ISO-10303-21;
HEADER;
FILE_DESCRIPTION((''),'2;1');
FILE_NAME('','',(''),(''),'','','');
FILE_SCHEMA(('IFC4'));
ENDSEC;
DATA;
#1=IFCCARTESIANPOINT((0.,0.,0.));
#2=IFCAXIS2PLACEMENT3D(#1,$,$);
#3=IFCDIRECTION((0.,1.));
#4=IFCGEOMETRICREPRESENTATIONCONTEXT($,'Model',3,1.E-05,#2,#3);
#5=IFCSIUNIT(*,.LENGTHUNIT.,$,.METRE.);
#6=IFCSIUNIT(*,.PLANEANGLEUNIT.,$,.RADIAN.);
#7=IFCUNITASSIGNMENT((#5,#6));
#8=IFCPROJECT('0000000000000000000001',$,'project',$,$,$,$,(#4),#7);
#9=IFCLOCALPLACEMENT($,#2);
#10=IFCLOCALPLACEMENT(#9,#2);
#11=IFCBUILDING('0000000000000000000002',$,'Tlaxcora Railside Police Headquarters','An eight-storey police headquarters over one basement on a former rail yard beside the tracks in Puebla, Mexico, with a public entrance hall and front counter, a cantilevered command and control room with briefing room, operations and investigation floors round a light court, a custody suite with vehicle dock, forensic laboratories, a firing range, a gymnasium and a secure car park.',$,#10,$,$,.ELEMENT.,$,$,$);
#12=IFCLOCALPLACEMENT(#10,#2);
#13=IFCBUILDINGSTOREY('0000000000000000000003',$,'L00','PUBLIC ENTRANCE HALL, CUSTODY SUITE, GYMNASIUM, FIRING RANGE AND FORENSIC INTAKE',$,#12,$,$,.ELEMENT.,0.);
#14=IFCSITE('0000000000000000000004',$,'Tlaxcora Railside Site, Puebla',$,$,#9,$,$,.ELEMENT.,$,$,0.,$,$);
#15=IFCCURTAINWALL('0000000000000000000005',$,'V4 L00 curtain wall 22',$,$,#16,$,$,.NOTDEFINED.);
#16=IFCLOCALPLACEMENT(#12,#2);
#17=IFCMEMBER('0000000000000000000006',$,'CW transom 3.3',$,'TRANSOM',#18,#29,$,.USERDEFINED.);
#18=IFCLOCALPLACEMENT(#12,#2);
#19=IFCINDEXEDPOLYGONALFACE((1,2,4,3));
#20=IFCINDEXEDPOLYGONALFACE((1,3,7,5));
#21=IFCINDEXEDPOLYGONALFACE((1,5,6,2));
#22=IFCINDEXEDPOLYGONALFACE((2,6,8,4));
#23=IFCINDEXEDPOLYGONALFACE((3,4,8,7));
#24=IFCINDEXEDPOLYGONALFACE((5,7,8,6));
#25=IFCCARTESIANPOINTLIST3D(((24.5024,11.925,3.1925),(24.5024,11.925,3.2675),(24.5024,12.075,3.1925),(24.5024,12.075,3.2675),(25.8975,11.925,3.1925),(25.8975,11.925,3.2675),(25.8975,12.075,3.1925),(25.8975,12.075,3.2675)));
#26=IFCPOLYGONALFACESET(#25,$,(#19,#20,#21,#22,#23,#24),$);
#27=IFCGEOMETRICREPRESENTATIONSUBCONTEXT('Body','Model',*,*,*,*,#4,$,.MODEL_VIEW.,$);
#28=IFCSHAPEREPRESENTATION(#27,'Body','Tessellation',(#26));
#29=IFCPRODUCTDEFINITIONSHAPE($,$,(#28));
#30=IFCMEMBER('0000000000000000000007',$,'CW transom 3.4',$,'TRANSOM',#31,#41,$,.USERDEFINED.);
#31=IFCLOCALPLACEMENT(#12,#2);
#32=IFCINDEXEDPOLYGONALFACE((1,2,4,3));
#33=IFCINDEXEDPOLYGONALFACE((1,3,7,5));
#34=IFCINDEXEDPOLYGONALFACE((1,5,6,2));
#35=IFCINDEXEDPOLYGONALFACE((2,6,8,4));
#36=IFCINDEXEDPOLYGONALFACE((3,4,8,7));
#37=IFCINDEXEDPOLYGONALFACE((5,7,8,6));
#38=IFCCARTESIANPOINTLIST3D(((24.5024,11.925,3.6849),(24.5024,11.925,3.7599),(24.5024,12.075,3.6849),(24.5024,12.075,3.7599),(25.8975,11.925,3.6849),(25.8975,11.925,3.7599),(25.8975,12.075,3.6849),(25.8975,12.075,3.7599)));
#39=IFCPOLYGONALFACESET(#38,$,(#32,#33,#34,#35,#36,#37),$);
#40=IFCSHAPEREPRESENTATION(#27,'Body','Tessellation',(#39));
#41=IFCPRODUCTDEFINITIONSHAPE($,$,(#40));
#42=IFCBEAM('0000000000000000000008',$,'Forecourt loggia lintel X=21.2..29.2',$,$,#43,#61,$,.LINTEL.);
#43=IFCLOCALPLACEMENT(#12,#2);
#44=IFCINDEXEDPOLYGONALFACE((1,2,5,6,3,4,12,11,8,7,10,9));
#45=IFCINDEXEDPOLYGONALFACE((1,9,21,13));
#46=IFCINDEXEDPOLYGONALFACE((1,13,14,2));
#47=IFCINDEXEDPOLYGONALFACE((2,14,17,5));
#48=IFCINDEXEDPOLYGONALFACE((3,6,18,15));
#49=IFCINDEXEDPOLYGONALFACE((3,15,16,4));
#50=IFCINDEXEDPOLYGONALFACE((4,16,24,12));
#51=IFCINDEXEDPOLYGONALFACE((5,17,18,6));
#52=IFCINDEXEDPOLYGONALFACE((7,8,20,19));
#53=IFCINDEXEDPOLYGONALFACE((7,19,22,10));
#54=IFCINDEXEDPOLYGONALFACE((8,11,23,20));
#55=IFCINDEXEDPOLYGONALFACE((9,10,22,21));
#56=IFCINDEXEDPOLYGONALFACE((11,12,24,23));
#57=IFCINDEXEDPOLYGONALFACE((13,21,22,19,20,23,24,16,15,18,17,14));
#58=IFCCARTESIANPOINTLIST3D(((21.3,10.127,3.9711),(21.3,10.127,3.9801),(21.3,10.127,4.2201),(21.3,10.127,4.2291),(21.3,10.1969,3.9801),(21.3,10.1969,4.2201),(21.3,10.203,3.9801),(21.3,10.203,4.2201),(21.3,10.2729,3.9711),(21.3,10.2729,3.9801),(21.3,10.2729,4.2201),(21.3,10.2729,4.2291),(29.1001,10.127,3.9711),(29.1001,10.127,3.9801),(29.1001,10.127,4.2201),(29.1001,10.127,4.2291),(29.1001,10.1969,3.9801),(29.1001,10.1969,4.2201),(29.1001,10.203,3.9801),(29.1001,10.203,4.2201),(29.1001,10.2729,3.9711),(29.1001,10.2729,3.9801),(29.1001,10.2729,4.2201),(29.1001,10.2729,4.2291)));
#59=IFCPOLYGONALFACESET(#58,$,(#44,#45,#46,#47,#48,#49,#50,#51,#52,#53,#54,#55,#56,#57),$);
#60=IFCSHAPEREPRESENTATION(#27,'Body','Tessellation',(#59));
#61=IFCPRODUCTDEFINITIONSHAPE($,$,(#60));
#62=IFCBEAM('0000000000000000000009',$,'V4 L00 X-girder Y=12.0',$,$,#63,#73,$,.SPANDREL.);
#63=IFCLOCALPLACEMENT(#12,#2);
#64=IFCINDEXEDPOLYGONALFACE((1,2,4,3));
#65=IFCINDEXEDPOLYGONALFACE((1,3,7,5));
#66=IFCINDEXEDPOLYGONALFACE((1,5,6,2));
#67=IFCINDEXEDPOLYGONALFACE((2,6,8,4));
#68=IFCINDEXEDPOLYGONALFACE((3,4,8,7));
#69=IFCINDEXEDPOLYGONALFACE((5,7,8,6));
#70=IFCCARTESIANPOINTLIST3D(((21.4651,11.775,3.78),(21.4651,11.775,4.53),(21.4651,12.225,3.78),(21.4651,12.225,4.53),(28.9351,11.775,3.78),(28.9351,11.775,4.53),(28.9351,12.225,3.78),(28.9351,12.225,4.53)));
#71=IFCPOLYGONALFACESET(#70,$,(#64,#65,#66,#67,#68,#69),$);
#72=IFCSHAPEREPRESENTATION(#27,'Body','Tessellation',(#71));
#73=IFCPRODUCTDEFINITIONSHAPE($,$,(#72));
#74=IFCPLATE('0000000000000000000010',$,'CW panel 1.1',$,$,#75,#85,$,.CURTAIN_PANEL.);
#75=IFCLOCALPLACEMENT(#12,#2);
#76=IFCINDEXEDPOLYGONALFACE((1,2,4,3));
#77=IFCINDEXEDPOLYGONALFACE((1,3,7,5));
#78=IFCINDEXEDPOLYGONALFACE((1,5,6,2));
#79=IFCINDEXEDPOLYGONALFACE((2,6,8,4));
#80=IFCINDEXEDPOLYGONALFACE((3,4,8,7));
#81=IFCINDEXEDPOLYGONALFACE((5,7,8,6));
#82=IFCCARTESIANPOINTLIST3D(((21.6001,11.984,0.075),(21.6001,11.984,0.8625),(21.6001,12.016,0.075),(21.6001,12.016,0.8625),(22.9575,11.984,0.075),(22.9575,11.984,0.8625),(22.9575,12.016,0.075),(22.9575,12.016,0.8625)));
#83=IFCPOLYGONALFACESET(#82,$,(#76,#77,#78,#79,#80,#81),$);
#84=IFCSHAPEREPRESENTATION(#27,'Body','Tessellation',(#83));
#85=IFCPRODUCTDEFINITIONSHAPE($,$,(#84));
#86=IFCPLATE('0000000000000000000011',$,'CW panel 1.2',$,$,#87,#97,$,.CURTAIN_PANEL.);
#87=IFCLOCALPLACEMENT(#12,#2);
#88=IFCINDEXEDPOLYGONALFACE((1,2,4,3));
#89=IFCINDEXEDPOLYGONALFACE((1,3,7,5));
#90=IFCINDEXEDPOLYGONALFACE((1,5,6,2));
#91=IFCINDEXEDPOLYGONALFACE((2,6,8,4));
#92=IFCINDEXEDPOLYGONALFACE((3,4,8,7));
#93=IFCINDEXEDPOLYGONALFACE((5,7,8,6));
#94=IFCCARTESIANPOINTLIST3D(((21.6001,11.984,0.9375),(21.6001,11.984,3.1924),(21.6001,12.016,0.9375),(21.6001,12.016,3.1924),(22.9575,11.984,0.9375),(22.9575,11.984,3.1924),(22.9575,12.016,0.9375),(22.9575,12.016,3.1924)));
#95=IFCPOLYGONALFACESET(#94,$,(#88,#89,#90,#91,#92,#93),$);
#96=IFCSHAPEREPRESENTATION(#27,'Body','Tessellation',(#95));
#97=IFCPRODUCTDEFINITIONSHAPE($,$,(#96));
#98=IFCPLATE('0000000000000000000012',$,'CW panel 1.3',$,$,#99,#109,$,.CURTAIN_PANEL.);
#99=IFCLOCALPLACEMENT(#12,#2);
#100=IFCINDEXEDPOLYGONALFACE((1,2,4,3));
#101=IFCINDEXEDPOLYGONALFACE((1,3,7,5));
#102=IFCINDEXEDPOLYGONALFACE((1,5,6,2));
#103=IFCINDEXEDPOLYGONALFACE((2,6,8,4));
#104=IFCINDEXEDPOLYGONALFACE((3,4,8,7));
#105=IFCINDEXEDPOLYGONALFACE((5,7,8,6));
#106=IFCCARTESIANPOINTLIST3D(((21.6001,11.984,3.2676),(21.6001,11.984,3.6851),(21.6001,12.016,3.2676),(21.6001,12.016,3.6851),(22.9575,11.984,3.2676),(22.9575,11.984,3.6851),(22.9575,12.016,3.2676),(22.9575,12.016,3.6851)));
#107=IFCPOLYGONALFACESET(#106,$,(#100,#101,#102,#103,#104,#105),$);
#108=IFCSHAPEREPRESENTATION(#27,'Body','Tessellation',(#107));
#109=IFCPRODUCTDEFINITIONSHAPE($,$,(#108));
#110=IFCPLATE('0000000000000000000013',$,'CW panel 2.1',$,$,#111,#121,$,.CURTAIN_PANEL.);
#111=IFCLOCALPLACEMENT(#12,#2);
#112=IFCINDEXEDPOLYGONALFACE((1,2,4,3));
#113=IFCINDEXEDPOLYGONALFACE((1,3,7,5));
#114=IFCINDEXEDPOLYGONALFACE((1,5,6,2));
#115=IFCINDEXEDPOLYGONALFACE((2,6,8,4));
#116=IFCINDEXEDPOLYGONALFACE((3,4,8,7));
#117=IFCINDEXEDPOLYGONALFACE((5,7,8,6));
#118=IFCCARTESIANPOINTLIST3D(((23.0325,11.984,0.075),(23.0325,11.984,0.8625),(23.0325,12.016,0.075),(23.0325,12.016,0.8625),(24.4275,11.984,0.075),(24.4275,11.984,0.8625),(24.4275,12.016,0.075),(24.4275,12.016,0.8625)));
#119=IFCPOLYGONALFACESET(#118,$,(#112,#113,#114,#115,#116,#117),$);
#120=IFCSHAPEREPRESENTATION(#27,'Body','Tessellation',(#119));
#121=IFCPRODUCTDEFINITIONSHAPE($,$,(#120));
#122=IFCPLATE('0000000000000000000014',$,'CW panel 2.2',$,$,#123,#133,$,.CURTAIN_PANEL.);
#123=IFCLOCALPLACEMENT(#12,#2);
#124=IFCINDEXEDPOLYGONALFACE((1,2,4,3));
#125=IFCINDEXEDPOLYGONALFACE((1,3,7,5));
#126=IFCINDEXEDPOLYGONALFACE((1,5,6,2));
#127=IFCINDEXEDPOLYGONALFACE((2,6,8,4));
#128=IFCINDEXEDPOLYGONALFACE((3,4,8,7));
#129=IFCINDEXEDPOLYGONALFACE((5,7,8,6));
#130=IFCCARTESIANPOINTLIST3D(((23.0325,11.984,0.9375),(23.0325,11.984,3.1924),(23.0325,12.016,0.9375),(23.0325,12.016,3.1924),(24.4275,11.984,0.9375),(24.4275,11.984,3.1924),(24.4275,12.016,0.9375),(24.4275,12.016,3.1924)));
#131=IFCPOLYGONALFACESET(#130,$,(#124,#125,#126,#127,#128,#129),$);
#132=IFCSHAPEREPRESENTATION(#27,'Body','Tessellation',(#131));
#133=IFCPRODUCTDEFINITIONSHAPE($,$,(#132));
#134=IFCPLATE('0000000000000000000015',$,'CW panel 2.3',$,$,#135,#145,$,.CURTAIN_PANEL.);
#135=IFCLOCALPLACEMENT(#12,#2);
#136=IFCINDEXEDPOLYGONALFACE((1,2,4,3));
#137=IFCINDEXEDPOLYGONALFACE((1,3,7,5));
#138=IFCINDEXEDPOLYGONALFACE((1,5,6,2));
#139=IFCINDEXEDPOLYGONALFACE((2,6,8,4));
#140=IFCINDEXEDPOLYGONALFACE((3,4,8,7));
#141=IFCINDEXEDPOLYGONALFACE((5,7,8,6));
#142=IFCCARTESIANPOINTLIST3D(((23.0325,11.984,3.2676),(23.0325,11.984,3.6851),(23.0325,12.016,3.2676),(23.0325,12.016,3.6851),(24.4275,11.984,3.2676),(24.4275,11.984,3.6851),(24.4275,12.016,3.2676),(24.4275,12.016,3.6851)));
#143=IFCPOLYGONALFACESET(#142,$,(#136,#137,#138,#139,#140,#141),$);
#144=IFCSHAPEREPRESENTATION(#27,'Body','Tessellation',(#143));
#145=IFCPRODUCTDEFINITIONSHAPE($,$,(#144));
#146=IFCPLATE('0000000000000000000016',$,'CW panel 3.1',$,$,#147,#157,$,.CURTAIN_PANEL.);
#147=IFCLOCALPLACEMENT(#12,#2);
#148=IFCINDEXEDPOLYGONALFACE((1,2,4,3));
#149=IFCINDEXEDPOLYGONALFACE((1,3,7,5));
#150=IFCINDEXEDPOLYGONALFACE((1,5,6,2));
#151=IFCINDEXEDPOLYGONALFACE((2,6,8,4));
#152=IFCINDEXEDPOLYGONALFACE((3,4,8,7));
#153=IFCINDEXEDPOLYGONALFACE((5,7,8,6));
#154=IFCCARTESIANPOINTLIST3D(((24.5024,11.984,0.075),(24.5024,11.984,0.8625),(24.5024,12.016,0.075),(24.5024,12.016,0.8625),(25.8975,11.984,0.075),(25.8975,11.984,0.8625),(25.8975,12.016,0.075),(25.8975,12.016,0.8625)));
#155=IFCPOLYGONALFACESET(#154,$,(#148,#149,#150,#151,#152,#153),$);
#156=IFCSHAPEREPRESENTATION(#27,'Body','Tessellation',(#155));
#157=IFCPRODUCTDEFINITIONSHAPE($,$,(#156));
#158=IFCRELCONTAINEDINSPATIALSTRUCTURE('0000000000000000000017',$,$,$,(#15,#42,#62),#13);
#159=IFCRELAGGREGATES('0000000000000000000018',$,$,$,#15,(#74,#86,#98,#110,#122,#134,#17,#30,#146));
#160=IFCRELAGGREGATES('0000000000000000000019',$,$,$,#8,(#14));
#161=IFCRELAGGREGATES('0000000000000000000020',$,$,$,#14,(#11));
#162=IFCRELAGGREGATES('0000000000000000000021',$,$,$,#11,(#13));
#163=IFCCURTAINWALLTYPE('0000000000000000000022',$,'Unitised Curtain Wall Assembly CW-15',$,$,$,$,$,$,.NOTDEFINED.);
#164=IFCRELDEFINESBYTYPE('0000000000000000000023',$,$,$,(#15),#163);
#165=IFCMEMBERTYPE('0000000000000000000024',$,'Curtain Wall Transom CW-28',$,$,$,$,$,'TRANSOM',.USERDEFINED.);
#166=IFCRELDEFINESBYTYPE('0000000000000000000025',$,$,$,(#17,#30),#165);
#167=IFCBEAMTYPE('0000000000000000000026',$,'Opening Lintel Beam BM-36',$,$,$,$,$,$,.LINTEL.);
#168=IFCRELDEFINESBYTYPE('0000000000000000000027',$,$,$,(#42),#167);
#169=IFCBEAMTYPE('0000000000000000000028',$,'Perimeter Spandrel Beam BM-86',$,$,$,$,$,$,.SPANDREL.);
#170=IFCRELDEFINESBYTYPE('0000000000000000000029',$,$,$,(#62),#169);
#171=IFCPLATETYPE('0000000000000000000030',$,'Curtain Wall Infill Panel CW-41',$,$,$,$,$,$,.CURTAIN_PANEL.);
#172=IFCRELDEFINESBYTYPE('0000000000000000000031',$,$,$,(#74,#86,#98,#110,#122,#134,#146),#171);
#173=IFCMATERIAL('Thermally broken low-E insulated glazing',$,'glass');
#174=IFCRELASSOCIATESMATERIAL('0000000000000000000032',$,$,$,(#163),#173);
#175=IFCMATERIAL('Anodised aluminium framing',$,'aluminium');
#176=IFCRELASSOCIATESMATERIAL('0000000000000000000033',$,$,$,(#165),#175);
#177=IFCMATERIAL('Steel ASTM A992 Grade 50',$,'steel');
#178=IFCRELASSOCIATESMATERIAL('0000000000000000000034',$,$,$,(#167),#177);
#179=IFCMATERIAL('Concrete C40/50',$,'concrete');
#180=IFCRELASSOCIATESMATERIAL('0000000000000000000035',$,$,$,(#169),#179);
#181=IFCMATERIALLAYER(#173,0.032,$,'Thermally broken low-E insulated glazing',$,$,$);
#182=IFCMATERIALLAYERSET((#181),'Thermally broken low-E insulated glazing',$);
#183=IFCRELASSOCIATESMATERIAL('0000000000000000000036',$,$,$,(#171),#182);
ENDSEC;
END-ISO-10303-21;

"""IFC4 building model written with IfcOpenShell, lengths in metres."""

from ifc_helpers import new_model, si_unit, direction, frame, origin, origin_2d, place, context, subcontext, project, spatial, rectangle, i_section, extrude, material, layer, layer_set, material_profile, profile_set, type_object, element, aggregate, save


model = new_model("IFC4")

# Units and contexts
model_context = context("Model", 3, precision=1e-05, world=origin(), true_north=direction((0.0, 1.0)))
body_context = subcontext(model_context, "Body", "Model", "MODEL_VIEW")
ifc_project = project(units=[si_unit("LENGTHUNIT", "METRE"), si_unit("PLANEANGLEUNIT", "RADIAN")], contexts=[model_context])

# Site, building, storey
site_placement = place(None, origin())
site = spatial("IfcSite", under=ifc_project, at=site_placement, Name="Tlaxcora Railside Site, Puebla", CompositionType="ELEMENT", RefElevation=0.0)
building_placement = place(site_placement, origin())
building = spatial("IfcBuilding", under=site, at=building_placement, Name="Tlaxcora Railside Police Headquarters", Description="An eight-storey police headquarters over one basement on a former rail yard beside the tracks in Puebla, Mexico, with a public entrance hall and front counter, a cantilevered command and control room with briefing room, operations and investigation floors round a light court, a custody suite with vehicle dock, forensic laboratories, a firing range, a gymnasium and a secure car park.", CompositionType="ELEMENT")
storey_placement = place(building_placement, origin())
storey = spatial("IfcBuildingStorey", under=building, at=storey_placement, Name="L00", Description="PUBLIC ENTRANCE HALL, CUSTODY SUITE, GYMNASIUM, FIRING RANGE AND FORENSIC INTAKE", CompositionType="ELEMENT", Elevation=0.0)

# Curtain wall, members
ifc_material_1 = material(Name="Thermally broken low-E insulated glazing", Category="glass")
curtain_wall_type = type_object("IfcCurtainWallType", Name="Unitised Curtain Wall Assembly CW-15", PredefinedType="NOTDEFINED", material=ifc_material_1)
curtain_wall_placement = place(storey_placement, origin())
curtain_wall = element("IfcCurtainWall", 1, at=curtain_wall_placement, inside=storey, type_object=curtain_wall_type, Name="V4 L00 curtain wall 22", PredefinedType="NOTDEFINED")
ifc_material_2 = material(Name="Anodised aluminium framing", Category="aluminium")
ifc_material_profile_1 = material_profile(ifc_material_2, rectangle(XDim=0.1499, YDim=0.075, at=origin_2d()), Name="AL75X150")
ifc_profile_set_1 = profile_set([ifc_material_profile_1], Name="Anodised aluminium framing")
member_type_1 = type_object("IfcMemberType", Name="Curtain Wall Transom CW-28", ElementType="TRANSOM", PredefinedType="USERDEFINED", material=ifc_profile_set_1)
member_1_placement = place(storey_placement, frame((24.5024, 12.0, 3.23), z_axis=(1.0, 0.0, 0.0), x_axis=(0.0, 1.0, 0.0)))
member_1 = element("IfcMember", 2, at=member_1_placement, type_object=member_type_1, Name="CW transom 3.3", ObjectType="TRANSOM", PredefinedType="USERDEFINED", context=body_context, shape_type="SweptSolid", body=[
    extrude(rectangle(XDim=0.1499, YDim=0.075, at=origin_2d()), origin(), (0.0, 0.0, 1.0), 1.395),
])
member_2_placement = place(storey_placement, frame((24.5024, 12.0, 3.7224), z_axis=(1.0, 0.0, 0.0), x_axis=(0.0, 1.0, 0.0)))
member_2 = element("IfcMember", 3, at=member_2_placement, type_object=member_type_1, Name="CW transom 3.4", ObjectType="TRANSOM", PredefinedType="USERDEFINED", context=body_context, shape_type="SweptSolid", body=[
    extrude(rectangle(XDim=0.1499, YDim=0.075, at=origin_2d()), origin(), (0.0, 0.0, 1.0), 1.395),
])

# Beams
ifc_material_3 = material(Name="Steel ASTM A992 Grade 50", Category="steel")
ifc_material_profile_2 = material_profile(ifc_material_3, i_section(OverallWidth=0.146, OverallDepth=0.2581, WebThickness=0.0061, FlangeThickness=0.009, at=origin_2d()), Name="W10X22")
ifc_profile_set_2 = profile_set([ifc_material_profile_2], Name="Steel ASTM A992 Grade 50")
beam_type_1 = type_object("IfcBeamType", Name="Opening Lintel Beam BM-36", PredefinedType="LINTEL", material=ifc_profile_set_2)
beam_1_placement = place(storey_placement, frame((21.3, 10.2, 4.1001), z_axis=(1.0, 0.0, 0.0), x_axis=(0.0, 1.0, 0.0)))
element("IfcBeam", 4, at=beam_1_placement, inside=storey, type_object=beam_type_1, Name="Forecourt loggia lintel X=21.2..29.2", PredefinedType="LINTEL", context=body_context, shape_type="SweptSolid", body=[
    extrude(i_section(OverallWidth=0.146, OverallDepth=0.2581, WebThickness=0.0061, FlangeThickness=0.009, at=origin_2d()), origin(), (0.0, 0.0, 1.0), 7.8),
])
ifc_material_4 = material(Name="Concrete C40/50", Category="concrete")
ifc_material_profile_3 = material_profile(ifc_material_4, rectangle(XDim=0.45, YDim=0.75, at=origin_2d()), Name="RC450X750")
ifc_profile_set_3 = profile_set([ifc_material_profile_3], Name="Concrete C40/50")
beam_type_2 = type_object("IfcBeamType", Name="Perimeter Spandrel Beam BM-86", PredefinedType="SPANDREL", material=ifc_profile_set_3)
beam_2_placement = place(storey_placement, frame((21.4651, 12.0, 4.155), z_axis=(1.0, 0.0, 0.0), x_axis=(0.0, 1.0, 0.0)))
element("IfcBeam", 5, at=beam_2_placement, inside=storey, type_object=beam_type_2, Name="V4 L00 X-girder Y=12.0", PredefinedType="SPANDREL", context=body_context, shape_type="SweptSolid", body=[
    extrude(rectangle(XDim=0.45, YDim=0.75, at=origin_2d()), origin(), (0.0, 0.0, 1.0), 7.47),
])

# Plates
ifc_layer_1 = layer(ifc_material_1, 0.032, Name="Thermally broken low-E insulated glazing")
ifc_layer_set_1 = layer_set([ifc_layer_1], Name="Thermally broken low-E insulated glazing")
plate_type = type_object("IfcPlateType", Name="Curtain Wall Infill Panel CW-41", PredefinedType="CURTAIN_PANEL", material=ifc_layer_set_1)
plate_1_placement = place(storey_placement, frame((22.2788, 12.0, 0.075), z_axis=(0.0, 0.0, 1.0), x_axis=(1.0, 0.0, 0.0)))
plate_1 = element("IfcPlate", 6, at=plate_1_placement, type_object=plate_type, Name="CW panel 1.1", PredefinedType="CURTAIN_PANEL", context=body_context, shape_type="SweptSolid", body=[
    extrude(rectangle(XDim=1.3574, YDim=0.032, at=origin_2d()), origin(), (0.0, 0.0, 1.0), 0.7876),
])
plate_2_placement = place(storey_placement, frame((22.2788, 12.0, 0.9375), z_axis=(0.0, 0.0, 1.0), x_axis=(1.0, 0.0, 0.0)))
plate_2 = element("IfcPlate", 7, at=plate_2_placement, type_object=plate_type, Name="CW panel 1.2", PredefinedType="CURTAIN_PANEL", context=body_context, shape_type="SweptSolid", body=[
    extrude(rectangle(XDim=1.3574, YDim=0.032, at=origin_2d()), origin(), (0.0, 0.0, 1.0), 2.2549),
])
plate_3_placement = place(storey_placement, frame((22.2788, 12.0, 3.2676), z_axis=(0.0, 0.0, 1.0), x_axis=(1.0, 0.0, 0.0)))
plate_3 = element("IfcPlate", 8, at=plate_3_placement, type_object=plate_type, Name="CW panel 1.3", PredefinedType="CURTAIN_PANEL", context=body_context, shape_type="SweptSolid", body=[
    extrude(rectangle(XDim=1.3574, YDim=0.032, at=origin_2d()), origin(), (0.0, 0.0, 1.0), 0.4175),
])
plate_4_placement = place(storey_placement, frame((23.73, 12.0, 0.075), z_axis=(0.0, 0.0, 1.0), x_axis=(1.0, 0.0, 0.0)))
plate_4 = element("IfcPlate", 9, at=plate_4_placement, type_object=plate_type, Name="CW panel 2.1", PredefinedType="CURTAIN_PANEL", context=body_context, shape_type="SweptSolid", body=[
    extrude(rectangle(XDim=1.395, YDim=0.032, at=origin_2d()), origin(), (0.0, 0.0, 1.0), 0.7876),
])
plate_5_placement = place(storey_placement, frame((23.73, 12.0, 0.9375), z_axis=(0.0, 0.0, 1.0), x_axis=(1.0, 0.0, 0.0)))
plate_5 = element("IfcPlate", 10, at=plate_5_placement, type_object=plate_type, Name="CW panel 2.2", PredefinedType="CURTAIN_PANEL", context=body_context, shape_type="SweptSolid", body=[
    extrude(rectangle(XDim=1.395, YDim=0.032, at=origin_2d()), origin(), (0.0, 0.0, 1.0), 2.2549),
])
plate_6_placement = place(storey_placement, frame((23.73, 12.0, 3.2676), z_axis=(0.0, 0.0, 1.0), x_axis=(1.0, 0.0, 0.0)))
plate_6 = element("IfcPlate", 11, at=plate_6_placement, type_object=plate_type, Name="CW panel 2.3", PredefinedType="CURTAIN_PANEL", context=body_context, shape_type="SweptSolid", body=[
    extrude(rectangle(XDim=1.395, YDim=0.032, at=origin_2d()), origin(), (0.0, 0.0, 1.0), 0.4175),
])
plate_7_placement = place(storey_placement, frame((25.2, 12.0, 0.075), z_axis=(0.0, 0.0, 1.0), x_axis=(1.0, 0.0, 0.0)))
plate_7 = element("IfcPlate", 12, at=plate_7_placement, type_object=plate_type, Name="CW panel 3.1", PredefinedType="CURTAIN_PANEL", context=body_context, shape_type="SweptSolid", body=[
    extrude(rectangle(XDim=1.395, YDim=0.032, at=origin_2d()), origin(), (0.0, 0.0, 1.0), 0.7876),
])
aggregate(curtain_wall, [plate_1, plate_2, plate_3, plate_4, plate_5, plate_6, member_1, member_2, plate_7])

save(model, "model.ifc")
